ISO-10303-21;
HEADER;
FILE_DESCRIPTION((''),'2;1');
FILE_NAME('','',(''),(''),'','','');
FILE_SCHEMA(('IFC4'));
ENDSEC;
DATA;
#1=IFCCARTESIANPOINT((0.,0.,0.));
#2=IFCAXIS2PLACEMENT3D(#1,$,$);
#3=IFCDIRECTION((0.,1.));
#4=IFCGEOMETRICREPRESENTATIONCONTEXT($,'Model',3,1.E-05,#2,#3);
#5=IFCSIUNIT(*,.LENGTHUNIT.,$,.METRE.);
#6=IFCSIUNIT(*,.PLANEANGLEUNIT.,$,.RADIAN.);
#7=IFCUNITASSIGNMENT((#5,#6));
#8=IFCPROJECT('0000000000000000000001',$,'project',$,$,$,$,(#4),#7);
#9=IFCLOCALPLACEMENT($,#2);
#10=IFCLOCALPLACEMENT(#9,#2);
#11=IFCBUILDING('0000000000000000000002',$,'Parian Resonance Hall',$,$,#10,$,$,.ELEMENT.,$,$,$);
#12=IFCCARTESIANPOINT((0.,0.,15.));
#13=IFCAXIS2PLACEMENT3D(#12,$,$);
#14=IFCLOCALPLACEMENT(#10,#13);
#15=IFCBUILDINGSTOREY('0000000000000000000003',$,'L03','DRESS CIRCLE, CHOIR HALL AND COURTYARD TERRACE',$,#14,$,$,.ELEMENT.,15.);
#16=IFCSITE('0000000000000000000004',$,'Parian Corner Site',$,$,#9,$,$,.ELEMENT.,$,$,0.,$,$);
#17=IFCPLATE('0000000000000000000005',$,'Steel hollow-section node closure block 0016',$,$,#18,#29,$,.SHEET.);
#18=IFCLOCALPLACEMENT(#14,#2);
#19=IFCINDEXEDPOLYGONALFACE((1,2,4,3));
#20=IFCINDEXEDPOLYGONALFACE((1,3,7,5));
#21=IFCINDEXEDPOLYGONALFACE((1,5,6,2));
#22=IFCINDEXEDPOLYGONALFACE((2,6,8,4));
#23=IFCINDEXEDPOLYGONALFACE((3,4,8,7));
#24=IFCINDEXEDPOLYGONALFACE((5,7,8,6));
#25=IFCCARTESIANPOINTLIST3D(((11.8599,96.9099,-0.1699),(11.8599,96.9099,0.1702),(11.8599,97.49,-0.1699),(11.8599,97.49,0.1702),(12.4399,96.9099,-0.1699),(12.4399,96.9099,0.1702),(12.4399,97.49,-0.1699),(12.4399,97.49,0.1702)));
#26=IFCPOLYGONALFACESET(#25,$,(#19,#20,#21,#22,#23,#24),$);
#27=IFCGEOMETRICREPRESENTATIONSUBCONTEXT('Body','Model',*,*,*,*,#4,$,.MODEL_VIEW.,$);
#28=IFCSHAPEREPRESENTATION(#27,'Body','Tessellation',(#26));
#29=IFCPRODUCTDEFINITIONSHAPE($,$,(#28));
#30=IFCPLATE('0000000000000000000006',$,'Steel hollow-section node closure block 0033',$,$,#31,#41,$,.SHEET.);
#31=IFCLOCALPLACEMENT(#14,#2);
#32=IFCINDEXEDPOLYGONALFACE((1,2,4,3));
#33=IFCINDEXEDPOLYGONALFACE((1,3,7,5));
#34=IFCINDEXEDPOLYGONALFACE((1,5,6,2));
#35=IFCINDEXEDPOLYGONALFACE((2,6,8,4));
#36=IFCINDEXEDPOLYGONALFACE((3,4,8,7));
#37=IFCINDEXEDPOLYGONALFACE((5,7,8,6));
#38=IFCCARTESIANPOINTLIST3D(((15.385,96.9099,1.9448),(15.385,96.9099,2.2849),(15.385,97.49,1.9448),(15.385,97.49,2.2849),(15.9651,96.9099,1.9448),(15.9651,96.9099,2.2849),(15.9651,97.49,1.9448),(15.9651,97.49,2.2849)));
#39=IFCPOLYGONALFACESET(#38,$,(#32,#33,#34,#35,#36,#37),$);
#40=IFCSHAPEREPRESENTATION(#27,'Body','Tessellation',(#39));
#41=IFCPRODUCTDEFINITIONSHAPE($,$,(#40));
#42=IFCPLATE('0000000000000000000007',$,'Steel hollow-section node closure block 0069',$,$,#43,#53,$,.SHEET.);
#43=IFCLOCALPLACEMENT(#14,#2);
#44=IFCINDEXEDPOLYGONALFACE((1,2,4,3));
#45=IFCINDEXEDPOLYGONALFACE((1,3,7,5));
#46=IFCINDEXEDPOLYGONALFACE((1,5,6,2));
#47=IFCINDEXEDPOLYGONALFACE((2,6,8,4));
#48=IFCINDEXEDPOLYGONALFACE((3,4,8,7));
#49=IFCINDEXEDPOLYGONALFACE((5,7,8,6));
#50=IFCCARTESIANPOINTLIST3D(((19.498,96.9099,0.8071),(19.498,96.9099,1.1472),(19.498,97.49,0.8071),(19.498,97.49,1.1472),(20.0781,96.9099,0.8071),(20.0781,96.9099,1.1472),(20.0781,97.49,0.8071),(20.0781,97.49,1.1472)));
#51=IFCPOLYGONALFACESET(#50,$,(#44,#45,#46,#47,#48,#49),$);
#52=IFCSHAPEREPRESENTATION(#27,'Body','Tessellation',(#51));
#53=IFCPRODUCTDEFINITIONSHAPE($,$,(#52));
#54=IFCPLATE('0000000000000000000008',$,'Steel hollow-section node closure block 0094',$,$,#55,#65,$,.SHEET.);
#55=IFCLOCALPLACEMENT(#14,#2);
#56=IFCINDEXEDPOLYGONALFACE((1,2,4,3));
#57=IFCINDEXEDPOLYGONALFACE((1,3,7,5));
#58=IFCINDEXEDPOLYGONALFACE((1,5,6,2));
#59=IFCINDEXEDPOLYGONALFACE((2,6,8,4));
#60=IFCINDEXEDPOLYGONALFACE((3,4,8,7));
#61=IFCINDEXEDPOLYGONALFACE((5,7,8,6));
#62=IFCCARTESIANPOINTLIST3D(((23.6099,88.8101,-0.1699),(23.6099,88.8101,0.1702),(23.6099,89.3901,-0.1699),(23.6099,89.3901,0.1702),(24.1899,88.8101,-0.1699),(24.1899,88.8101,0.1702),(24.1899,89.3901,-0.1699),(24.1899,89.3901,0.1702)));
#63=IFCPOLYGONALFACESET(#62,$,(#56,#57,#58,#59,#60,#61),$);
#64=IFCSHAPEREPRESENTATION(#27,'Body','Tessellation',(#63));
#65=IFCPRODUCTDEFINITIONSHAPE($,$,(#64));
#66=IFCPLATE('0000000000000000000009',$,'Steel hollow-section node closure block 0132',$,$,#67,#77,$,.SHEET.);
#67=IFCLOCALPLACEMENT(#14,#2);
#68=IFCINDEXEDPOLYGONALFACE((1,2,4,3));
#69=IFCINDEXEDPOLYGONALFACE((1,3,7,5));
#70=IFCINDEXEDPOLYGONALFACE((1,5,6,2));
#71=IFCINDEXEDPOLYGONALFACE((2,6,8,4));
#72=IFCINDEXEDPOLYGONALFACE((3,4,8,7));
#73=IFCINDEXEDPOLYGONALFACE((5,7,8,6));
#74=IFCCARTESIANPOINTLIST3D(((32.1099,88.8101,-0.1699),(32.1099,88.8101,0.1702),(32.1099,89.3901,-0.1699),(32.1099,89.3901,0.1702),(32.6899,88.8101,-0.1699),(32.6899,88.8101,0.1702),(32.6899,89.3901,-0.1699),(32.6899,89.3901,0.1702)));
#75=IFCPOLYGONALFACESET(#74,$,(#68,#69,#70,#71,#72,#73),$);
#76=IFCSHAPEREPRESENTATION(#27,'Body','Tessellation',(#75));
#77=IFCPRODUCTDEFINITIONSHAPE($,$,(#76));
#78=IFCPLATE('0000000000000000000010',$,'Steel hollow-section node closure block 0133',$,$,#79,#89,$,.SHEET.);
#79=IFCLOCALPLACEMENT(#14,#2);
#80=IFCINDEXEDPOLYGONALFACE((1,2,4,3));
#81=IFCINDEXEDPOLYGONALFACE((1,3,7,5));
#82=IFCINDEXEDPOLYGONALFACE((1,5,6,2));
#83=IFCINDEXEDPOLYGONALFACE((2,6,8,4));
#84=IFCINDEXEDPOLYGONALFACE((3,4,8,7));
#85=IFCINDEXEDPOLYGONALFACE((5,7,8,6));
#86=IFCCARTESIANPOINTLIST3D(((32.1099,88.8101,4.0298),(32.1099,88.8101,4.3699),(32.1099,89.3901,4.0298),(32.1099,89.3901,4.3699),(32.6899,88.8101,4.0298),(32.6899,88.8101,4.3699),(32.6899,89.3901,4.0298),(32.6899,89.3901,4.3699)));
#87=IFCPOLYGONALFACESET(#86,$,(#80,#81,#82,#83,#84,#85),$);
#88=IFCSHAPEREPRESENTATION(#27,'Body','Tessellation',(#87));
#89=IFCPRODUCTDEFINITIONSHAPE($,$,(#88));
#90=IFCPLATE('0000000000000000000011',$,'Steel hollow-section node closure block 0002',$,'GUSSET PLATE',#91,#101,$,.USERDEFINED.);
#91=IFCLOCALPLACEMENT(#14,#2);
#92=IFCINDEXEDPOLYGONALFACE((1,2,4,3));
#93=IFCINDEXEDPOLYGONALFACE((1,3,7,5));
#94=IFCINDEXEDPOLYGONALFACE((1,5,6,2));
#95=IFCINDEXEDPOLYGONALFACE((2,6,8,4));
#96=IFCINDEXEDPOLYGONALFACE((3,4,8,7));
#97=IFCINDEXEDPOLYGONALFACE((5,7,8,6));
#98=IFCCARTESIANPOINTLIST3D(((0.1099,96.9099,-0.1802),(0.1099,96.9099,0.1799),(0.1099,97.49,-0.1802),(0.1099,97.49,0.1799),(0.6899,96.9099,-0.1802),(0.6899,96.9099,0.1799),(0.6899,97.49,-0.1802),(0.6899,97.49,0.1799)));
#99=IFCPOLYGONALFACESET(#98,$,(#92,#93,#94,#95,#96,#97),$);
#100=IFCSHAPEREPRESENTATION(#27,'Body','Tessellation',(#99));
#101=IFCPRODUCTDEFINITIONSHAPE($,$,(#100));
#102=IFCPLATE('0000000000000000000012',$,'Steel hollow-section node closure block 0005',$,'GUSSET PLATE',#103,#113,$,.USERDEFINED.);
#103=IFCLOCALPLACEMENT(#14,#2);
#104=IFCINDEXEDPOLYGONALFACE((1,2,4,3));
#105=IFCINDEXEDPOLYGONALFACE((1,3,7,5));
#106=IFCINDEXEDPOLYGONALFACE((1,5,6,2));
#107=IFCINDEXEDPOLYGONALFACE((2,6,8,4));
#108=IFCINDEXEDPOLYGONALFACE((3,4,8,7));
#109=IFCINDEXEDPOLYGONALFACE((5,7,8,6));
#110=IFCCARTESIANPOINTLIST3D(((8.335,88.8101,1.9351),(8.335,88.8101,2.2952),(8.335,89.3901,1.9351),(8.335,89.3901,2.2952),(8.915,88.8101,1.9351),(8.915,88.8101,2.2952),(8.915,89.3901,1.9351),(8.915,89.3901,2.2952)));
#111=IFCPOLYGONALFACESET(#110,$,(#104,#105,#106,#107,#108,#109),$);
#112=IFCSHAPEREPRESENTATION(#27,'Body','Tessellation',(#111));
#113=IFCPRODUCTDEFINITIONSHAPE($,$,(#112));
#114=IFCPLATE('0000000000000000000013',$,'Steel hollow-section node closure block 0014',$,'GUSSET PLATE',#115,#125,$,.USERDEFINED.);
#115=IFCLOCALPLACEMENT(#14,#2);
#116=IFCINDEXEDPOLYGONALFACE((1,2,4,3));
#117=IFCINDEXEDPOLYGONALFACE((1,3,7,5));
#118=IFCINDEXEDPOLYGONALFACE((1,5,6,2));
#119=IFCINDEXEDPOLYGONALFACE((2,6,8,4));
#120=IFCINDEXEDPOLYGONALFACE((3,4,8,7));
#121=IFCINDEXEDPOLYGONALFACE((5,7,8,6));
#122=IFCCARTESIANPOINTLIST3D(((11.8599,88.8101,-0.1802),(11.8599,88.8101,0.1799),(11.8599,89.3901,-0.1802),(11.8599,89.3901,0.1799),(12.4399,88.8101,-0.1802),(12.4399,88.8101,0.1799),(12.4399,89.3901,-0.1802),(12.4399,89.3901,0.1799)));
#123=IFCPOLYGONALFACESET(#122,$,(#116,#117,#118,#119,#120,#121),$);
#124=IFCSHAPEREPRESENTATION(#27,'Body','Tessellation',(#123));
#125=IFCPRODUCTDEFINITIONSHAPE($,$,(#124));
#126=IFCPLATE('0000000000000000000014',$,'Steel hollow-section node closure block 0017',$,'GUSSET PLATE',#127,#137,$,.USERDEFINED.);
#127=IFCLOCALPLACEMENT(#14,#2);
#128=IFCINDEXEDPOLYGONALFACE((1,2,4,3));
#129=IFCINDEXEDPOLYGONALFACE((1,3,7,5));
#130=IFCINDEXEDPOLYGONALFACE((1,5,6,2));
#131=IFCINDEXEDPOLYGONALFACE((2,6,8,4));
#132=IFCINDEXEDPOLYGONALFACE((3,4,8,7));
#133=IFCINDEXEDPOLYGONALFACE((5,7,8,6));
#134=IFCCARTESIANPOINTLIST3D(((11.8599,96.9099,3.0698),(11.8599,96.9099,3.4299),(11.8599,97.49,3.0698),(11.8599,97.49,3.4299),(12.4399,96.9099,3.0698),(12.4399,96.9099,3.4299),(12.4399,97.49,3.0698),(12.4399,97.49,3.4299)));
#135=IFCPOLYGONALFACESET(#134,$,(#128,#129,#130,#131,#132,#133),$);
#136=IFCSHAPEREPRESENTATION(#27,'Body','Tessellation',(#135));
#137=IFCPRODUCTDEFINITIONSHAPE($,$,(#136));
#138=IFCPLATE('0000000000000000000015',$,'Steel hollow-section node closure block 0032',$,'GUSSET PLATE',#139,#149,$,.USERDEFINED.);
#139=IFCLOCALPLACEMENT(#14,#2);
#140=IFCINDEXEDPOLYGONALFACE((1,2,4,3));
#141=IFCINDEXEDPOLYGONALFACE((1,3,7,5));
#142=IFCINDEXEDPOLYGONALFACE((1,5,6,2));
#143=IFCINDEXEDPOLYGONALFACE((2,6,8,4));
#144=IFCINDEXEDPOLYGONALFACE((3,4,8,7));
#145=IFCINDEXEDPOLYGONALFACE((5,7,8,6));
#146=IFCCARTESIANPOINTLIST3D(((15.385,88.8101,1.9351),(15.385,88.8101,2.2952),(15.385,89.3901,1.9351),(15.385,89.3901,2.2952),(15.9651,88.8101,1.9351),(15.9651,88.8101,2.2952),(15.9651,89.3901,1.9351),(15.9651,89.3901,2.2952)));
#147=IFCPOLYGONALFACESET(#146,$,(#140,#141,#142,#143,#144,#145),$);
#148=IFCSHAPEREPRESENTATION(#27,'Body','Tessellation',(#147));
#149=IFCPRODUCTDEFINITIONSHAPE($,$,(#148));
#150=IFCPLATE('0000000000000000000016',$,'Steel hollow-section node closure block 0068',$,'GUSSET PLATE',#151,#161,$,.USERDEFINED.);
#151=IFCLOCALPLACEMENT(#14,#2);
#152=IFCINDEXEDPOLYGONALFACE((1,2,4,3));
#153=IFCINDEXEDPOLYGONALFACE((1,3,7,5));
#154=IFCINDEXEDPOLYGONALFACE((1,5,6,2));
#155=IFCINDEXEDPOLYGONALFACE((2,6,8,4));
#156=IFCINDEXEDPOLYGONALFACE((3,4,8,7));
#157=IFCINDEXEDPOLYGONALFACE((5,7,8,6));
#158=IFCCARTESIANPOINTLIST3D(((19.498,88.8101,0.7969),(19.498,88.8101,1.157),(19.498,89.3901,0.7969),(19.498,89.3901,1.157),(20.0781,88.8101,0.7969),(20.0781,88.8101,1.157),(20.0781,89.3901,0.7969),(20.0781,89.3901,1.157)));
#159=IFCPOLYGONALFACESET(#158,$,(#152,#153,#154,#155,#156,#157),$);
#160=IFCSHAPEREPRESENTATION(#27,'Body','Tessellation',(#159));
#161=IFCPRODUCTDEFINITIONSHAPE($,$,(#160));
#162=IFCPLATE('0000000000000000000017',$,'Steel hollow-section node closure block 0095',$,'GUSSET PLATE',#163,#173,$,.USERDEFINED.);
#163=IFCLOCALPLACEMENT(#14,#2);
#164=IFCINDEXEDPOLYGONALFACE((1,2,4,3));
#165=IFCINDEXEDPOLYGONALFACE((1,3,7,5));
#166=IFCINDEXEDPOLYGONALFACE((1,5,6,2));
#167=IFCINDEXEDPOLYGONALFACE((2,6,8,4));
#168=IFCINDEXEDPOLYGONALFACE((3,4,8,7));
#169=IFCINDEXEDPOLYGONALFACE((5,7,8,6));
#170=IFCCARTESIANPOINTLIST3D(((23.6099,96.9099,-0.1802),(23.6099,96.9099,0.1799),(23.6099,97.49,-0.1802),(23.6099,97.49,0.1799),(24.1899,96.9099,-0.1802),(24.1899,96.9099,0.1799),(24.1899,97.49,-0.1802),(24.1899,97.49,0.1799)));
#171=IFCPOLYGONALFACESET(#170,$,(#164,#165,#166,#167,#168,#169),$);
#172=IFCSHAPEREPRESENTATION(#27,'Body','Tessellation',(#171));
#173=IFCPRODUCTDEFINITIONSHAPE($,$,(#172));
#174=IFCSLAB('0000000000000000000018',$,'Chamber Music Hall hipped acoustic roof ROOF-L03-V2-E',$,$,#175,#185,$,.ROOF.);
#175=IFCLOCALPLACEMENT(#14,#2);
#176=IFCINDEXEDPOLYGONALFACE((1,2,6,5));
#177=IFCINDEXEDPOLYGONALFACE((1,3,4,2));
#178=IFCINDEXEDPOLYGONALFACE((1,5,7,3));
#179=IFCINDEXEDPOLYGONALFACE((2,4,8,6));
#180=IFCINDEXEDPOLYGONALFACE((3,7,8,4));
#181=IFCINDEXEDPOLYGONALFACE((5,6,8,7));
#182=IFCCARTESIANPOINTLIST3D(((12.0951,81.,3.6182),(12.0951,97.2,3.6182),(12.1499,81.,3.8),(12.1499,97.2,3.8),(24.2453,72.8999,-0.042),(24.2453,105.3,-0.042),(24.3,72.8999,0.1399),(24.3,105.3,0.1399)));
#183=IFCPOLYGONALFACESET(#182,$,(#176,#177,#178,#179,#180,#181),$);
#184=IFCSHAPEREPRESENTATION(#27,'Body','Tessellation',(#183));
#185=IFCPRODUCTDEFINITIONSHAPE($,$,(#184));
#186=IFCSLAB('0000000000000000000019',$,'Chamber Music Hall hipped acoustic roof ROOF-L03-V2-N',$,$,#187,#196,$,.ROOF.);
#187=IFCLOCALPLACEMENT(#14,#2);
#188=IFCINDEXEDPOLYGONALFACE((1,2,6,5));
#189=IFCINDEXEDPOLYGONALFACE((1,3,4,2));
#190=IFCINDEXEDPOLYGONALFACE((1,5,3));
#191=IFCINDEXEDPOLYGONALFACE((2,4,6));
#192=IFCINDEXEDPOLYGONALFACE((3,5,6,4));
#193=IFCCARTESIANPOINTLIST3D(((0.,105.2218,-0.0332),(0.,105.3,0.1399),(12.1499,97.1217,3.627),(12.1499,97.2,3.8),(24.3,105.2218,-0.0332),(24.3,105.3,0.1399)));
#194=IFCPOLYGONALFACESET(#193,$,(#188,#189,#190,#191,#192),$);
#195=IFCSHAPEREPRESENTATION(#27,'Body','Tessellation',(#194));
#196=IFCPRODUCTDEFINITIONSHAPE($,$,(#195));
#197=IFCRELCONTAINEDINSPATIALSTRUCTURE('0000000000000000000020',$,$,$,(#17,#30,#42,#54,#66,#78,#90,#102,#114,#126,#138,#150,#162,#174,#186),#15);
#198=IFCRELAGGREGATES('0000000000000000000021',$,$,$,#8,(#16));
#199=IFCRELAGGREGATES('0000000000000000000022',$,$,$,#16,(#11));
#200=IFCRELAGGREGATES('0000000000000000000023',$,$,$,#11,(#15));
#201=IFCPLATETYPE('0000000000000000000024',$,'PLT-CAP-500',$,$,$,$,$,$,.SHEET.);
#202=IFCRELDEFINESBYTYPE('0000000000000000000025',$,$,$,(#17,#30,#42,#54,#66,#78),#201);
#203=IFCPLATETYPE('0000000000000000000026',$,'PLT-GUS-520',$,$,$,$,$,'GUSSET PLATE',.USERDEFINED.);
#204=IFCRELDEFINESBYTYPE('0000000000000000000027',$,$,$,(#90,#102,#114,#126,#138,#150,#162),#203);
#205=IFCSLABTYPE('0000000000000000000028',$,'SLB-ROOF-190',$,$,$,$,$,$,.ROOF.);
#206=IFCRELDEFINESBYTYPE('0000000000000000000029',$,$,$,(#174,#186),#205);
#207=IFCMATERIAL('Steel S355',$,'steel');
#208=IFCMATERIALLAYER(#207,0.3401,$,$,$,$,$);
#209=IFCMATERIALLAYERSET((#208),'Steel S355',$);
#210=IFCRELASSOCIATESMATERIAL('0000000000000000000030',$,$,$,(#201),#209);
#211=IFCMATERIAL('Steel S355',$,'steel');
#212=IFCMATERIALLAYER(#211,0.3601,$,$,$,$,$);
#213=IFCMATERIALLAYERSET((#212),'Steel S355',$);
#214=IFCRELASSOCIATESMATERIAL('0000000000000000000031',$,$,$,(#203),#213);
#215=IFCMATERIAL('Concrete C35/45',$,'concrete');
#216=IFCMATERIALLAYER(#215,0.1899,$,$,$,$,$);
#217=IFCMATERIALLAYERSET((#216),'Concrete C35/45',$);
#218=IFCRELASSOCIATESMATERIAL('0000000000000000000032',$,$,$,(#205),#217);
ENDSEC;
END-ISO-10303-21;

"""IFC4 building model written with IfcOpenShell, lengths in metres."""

from ifc_helpers import new_model, si_unit, direction, frame, origin, origin_2d, place, context, subcontext, project, spatial, polyline, rectangle, outline, extrude, material, layer, layer_set, type_object, element, save


model = new_model("IFC4")

# Units and contexts
model_context = context("Model", 3, precision=1e-05, world=origin(), true_north=direction((0.0, 1.0)))
body_context = subcontext(model_context, "Body", "Model", "MODEL_VIEW")
ifc_project = project(units=[si_unit("LENGTHUNIT", "METRE"), si_unit("PLANEANGLEUNIT", "RADIAN")], contexts=[model_context])

# Site, building, storey
site_placement = place(None, origin())
site = spatial("IfcSite", under=ifc_project, at=site_placement, Name="Parian Corner Site", CompositionType="ELEMENT", RefElevation=0.0)
building_placement = place(site_placement, origin())
building = spatial("IfcBuilding", under=site, at=building_placement, Name="Parian Resonance Hall", CompositionType="ELEMENT")
storey_placement = place(building_placement, frame((0.0, 0.0, 15.0)))
storey = spatial("IfcBuildingStorey", under=building, at=storey_placement, Name="L03", Description="DRESS CIRCLE, CHOIR HALL AND COURTYARD TERRACE", CompositionType="ELEMENT", Elevation=15.0)

# Plates
ifc_material_1 = material(Name="Steel S355", Category="steel")
ifc_layer_1 = layer(ifc_material_1, 0.3401)
ifc_layer_set_1 = layer_set([ifc_layer_1], Name="Steel S355")
plate_type_1 = type_object("IfcPlateType", Name="PLT-CAP-500", PredefinedType="SHEET", material=ifc_layer_set_1)
for number, where, z_axis, x_axis, name in (
    (1, (12.1499, 97.2, -0.1699), (0.0, 0.0, 1.0), (1.0, 0.0, 0.0), "Steel hollow-section node closure block 0016"),
    (2, (15.675, 97.2, 1.9448), (0.0, 0.0, 1.0), (1.0, 0.0, 0.0), "Steel hollow-section node closure block 0033"),
    (3, (19.7881, 97.2, 0.8071), (0.0, 0.0, 1.0), (1.0, 0.0, 0.0), "Steel hollow-section node closure block 0069"),
    (4, (23.8999, 89.1001, -0.1699), (0.0, 0.0, 1.0), (1.0, 0.0, 0.0), "Steel hollow-section node closure block 0094"),
    (5, (32.3999, 89.1001, -0.1699), (0.0, 0.0, 1.0), (1.0, 0.0, 0.0), "Steel hollow-section node closure block 0132"),
    (6, (32.3999, 89.1001, 4.0298), (0.0, 0.0, 1.0), (1.0, 0.0, 0.0), "Steel hollow-section node closure block 0133"),
):
    element("IfcPlate", number, at=place(storey_placement, frame(where, z_axis=z_axis, x_axis=x_axis)), inside=storey, type_object=plate_type_1, Name=name, PredefinedType="SHEET", context=body_context, shape_type="SweptSolid", body=[
        extrude(rectangle(XDim=0.5801, YDim=0.5801, at=origin_2d()), origin(), (0.0, 0.0, 1.0), 0.3401),
    ])
ifc_material_2 = material(Name="Steel S355", Category="steel")
ifc_layer_2 = layer(ifc_material_2, 0.3601)
ifc_layer_set_2 = layer_set([ifc_layer_2], Name="Steel S355")
plate_type_2 = type_object("IfcPlateType", Name="PLT-GUS-520", ElementType="GUSSET PLATE", PredefinedType="USERDEFINED", material=ifc_layer_set_2)
for number, where, z_axis, x_axis, name in (
    (7, (0.3999, 97.2, -0.1802), (0.0, 0.0, 1.0), (1.0, 0.0, 0.0), "Steel hollow-section node closure block 0002"),
    (8, (8.625, 89.1001, 1.9351), (0.0, 0.0, 1.0), (1.0, 0.0, 0.0), "Steel hollow-section node closure block 0005"),
    (9, (12.1499, 89.1001, -0.1802), (0.0, 0.0, 1.0), (1.0, 0.0, 0.0), "Steel hollow-section node closure block 0014"),
    (10, (12.1499, 97.2, 3.0698), (0.0, 0.0, 1.0), (1.0, 0.0, 0.0), "Steel hollow-section node closure block 0017"),
    (11, (15.675, 89.1001, 1.9351), (0.0, 0.0, 1.0), (1.0, 0.0, 0.0), "Steel hollow-section node closure block 0032"),
    (12, (19.7881, 89.1001, 0.7969), (0.0, 0.0, 1.0), (1.0, 0.0, 0.0), "Steel hollow-section node closure block 0068"),
    (13, (23.8999, 97.2, -0.1802), (0.0, 0.0, 1.0), (1.0, 0.0, 0.0), "Steel hollow-section node closure block 0095"),
):
    element("IfcPlate", number, at=place(storey_placement, frame(where, z_axis=z_axis, x_axis=x_axis)), inside=storey, type_object=plate_type_2, Name=name, ObjectType="GUSSET PLATE", PredefinedType="USERDEFINED", context=body_context, shape_type="SweptSolid", body=[
        extrude(rectangle(XDim=0.5801, YDim=0.5801, at=origin_2d()), origin(), (0.0, 0.0, 1.0), 0.3601),
    ])

# Slabs
ifc_material_3 = material(Name="Concrete C35/45", Category="concrete")
ifc_layer_3 = layer(ifc_material_3, 0.1899)
ifc_layer_set_3 = layer_set([ifc_layer_3], Name="Concrete C35/45")
slab_type = type_object("IfcSlabType", Name="SLB-ROOF-190", PredefinedType="ROOF", material=ifc_layer_set_3)
slab_1_placement = place(storey_placement, frame((24.3, 105.3, 0.1399), z_axis=(0.28844, 0.0, 0.957498), x_axis=(-0.807084, -0.538056, 0.243129)))
element("IfcSlab", 14, at=slab_1_placement, inside=storey, type_object=slab_type, Name="Chamber Music Hall hipped acoustic roof ROOF-L03-V2-E", PredefinedType="ROOF", context=body_context, shape_type="SweptSolid", body=[
    extrude(outline(polyline([(0.0, 0.0), (15.0544, 0.0), (23.7709, 13.6551), (17.4331, 27.3104), (0.0, 0.0)])), origin(), (0.0, 0.0, -1.0), 0.1899),
])
slab_2_placement = place(storey_placement, frame((24.3, 105.3, 0.1399), z_axis=(0.0, 0.411778, 0.911284), x_axis=(-1.0, 0.0, 0.0)))
element("IfcSlab", 15, at=slab_2_placement, inside=storey, type_object=slab_type, Name="Chamber Music Hall hipped acoustic roof ROOF-L03-V2-N", PredefinedType="ROOF", context=body_context, shape_type="SweptSolid", body=[
    extrude(outline(polyline([(0.0, 0.0), (24.3, 0.0), (12.1501, 8.8887), (0.0, 0.0)])), origin(), (0.0, 0.0, -1.0), 0.1899),
])

save(model, "model.ifc")
